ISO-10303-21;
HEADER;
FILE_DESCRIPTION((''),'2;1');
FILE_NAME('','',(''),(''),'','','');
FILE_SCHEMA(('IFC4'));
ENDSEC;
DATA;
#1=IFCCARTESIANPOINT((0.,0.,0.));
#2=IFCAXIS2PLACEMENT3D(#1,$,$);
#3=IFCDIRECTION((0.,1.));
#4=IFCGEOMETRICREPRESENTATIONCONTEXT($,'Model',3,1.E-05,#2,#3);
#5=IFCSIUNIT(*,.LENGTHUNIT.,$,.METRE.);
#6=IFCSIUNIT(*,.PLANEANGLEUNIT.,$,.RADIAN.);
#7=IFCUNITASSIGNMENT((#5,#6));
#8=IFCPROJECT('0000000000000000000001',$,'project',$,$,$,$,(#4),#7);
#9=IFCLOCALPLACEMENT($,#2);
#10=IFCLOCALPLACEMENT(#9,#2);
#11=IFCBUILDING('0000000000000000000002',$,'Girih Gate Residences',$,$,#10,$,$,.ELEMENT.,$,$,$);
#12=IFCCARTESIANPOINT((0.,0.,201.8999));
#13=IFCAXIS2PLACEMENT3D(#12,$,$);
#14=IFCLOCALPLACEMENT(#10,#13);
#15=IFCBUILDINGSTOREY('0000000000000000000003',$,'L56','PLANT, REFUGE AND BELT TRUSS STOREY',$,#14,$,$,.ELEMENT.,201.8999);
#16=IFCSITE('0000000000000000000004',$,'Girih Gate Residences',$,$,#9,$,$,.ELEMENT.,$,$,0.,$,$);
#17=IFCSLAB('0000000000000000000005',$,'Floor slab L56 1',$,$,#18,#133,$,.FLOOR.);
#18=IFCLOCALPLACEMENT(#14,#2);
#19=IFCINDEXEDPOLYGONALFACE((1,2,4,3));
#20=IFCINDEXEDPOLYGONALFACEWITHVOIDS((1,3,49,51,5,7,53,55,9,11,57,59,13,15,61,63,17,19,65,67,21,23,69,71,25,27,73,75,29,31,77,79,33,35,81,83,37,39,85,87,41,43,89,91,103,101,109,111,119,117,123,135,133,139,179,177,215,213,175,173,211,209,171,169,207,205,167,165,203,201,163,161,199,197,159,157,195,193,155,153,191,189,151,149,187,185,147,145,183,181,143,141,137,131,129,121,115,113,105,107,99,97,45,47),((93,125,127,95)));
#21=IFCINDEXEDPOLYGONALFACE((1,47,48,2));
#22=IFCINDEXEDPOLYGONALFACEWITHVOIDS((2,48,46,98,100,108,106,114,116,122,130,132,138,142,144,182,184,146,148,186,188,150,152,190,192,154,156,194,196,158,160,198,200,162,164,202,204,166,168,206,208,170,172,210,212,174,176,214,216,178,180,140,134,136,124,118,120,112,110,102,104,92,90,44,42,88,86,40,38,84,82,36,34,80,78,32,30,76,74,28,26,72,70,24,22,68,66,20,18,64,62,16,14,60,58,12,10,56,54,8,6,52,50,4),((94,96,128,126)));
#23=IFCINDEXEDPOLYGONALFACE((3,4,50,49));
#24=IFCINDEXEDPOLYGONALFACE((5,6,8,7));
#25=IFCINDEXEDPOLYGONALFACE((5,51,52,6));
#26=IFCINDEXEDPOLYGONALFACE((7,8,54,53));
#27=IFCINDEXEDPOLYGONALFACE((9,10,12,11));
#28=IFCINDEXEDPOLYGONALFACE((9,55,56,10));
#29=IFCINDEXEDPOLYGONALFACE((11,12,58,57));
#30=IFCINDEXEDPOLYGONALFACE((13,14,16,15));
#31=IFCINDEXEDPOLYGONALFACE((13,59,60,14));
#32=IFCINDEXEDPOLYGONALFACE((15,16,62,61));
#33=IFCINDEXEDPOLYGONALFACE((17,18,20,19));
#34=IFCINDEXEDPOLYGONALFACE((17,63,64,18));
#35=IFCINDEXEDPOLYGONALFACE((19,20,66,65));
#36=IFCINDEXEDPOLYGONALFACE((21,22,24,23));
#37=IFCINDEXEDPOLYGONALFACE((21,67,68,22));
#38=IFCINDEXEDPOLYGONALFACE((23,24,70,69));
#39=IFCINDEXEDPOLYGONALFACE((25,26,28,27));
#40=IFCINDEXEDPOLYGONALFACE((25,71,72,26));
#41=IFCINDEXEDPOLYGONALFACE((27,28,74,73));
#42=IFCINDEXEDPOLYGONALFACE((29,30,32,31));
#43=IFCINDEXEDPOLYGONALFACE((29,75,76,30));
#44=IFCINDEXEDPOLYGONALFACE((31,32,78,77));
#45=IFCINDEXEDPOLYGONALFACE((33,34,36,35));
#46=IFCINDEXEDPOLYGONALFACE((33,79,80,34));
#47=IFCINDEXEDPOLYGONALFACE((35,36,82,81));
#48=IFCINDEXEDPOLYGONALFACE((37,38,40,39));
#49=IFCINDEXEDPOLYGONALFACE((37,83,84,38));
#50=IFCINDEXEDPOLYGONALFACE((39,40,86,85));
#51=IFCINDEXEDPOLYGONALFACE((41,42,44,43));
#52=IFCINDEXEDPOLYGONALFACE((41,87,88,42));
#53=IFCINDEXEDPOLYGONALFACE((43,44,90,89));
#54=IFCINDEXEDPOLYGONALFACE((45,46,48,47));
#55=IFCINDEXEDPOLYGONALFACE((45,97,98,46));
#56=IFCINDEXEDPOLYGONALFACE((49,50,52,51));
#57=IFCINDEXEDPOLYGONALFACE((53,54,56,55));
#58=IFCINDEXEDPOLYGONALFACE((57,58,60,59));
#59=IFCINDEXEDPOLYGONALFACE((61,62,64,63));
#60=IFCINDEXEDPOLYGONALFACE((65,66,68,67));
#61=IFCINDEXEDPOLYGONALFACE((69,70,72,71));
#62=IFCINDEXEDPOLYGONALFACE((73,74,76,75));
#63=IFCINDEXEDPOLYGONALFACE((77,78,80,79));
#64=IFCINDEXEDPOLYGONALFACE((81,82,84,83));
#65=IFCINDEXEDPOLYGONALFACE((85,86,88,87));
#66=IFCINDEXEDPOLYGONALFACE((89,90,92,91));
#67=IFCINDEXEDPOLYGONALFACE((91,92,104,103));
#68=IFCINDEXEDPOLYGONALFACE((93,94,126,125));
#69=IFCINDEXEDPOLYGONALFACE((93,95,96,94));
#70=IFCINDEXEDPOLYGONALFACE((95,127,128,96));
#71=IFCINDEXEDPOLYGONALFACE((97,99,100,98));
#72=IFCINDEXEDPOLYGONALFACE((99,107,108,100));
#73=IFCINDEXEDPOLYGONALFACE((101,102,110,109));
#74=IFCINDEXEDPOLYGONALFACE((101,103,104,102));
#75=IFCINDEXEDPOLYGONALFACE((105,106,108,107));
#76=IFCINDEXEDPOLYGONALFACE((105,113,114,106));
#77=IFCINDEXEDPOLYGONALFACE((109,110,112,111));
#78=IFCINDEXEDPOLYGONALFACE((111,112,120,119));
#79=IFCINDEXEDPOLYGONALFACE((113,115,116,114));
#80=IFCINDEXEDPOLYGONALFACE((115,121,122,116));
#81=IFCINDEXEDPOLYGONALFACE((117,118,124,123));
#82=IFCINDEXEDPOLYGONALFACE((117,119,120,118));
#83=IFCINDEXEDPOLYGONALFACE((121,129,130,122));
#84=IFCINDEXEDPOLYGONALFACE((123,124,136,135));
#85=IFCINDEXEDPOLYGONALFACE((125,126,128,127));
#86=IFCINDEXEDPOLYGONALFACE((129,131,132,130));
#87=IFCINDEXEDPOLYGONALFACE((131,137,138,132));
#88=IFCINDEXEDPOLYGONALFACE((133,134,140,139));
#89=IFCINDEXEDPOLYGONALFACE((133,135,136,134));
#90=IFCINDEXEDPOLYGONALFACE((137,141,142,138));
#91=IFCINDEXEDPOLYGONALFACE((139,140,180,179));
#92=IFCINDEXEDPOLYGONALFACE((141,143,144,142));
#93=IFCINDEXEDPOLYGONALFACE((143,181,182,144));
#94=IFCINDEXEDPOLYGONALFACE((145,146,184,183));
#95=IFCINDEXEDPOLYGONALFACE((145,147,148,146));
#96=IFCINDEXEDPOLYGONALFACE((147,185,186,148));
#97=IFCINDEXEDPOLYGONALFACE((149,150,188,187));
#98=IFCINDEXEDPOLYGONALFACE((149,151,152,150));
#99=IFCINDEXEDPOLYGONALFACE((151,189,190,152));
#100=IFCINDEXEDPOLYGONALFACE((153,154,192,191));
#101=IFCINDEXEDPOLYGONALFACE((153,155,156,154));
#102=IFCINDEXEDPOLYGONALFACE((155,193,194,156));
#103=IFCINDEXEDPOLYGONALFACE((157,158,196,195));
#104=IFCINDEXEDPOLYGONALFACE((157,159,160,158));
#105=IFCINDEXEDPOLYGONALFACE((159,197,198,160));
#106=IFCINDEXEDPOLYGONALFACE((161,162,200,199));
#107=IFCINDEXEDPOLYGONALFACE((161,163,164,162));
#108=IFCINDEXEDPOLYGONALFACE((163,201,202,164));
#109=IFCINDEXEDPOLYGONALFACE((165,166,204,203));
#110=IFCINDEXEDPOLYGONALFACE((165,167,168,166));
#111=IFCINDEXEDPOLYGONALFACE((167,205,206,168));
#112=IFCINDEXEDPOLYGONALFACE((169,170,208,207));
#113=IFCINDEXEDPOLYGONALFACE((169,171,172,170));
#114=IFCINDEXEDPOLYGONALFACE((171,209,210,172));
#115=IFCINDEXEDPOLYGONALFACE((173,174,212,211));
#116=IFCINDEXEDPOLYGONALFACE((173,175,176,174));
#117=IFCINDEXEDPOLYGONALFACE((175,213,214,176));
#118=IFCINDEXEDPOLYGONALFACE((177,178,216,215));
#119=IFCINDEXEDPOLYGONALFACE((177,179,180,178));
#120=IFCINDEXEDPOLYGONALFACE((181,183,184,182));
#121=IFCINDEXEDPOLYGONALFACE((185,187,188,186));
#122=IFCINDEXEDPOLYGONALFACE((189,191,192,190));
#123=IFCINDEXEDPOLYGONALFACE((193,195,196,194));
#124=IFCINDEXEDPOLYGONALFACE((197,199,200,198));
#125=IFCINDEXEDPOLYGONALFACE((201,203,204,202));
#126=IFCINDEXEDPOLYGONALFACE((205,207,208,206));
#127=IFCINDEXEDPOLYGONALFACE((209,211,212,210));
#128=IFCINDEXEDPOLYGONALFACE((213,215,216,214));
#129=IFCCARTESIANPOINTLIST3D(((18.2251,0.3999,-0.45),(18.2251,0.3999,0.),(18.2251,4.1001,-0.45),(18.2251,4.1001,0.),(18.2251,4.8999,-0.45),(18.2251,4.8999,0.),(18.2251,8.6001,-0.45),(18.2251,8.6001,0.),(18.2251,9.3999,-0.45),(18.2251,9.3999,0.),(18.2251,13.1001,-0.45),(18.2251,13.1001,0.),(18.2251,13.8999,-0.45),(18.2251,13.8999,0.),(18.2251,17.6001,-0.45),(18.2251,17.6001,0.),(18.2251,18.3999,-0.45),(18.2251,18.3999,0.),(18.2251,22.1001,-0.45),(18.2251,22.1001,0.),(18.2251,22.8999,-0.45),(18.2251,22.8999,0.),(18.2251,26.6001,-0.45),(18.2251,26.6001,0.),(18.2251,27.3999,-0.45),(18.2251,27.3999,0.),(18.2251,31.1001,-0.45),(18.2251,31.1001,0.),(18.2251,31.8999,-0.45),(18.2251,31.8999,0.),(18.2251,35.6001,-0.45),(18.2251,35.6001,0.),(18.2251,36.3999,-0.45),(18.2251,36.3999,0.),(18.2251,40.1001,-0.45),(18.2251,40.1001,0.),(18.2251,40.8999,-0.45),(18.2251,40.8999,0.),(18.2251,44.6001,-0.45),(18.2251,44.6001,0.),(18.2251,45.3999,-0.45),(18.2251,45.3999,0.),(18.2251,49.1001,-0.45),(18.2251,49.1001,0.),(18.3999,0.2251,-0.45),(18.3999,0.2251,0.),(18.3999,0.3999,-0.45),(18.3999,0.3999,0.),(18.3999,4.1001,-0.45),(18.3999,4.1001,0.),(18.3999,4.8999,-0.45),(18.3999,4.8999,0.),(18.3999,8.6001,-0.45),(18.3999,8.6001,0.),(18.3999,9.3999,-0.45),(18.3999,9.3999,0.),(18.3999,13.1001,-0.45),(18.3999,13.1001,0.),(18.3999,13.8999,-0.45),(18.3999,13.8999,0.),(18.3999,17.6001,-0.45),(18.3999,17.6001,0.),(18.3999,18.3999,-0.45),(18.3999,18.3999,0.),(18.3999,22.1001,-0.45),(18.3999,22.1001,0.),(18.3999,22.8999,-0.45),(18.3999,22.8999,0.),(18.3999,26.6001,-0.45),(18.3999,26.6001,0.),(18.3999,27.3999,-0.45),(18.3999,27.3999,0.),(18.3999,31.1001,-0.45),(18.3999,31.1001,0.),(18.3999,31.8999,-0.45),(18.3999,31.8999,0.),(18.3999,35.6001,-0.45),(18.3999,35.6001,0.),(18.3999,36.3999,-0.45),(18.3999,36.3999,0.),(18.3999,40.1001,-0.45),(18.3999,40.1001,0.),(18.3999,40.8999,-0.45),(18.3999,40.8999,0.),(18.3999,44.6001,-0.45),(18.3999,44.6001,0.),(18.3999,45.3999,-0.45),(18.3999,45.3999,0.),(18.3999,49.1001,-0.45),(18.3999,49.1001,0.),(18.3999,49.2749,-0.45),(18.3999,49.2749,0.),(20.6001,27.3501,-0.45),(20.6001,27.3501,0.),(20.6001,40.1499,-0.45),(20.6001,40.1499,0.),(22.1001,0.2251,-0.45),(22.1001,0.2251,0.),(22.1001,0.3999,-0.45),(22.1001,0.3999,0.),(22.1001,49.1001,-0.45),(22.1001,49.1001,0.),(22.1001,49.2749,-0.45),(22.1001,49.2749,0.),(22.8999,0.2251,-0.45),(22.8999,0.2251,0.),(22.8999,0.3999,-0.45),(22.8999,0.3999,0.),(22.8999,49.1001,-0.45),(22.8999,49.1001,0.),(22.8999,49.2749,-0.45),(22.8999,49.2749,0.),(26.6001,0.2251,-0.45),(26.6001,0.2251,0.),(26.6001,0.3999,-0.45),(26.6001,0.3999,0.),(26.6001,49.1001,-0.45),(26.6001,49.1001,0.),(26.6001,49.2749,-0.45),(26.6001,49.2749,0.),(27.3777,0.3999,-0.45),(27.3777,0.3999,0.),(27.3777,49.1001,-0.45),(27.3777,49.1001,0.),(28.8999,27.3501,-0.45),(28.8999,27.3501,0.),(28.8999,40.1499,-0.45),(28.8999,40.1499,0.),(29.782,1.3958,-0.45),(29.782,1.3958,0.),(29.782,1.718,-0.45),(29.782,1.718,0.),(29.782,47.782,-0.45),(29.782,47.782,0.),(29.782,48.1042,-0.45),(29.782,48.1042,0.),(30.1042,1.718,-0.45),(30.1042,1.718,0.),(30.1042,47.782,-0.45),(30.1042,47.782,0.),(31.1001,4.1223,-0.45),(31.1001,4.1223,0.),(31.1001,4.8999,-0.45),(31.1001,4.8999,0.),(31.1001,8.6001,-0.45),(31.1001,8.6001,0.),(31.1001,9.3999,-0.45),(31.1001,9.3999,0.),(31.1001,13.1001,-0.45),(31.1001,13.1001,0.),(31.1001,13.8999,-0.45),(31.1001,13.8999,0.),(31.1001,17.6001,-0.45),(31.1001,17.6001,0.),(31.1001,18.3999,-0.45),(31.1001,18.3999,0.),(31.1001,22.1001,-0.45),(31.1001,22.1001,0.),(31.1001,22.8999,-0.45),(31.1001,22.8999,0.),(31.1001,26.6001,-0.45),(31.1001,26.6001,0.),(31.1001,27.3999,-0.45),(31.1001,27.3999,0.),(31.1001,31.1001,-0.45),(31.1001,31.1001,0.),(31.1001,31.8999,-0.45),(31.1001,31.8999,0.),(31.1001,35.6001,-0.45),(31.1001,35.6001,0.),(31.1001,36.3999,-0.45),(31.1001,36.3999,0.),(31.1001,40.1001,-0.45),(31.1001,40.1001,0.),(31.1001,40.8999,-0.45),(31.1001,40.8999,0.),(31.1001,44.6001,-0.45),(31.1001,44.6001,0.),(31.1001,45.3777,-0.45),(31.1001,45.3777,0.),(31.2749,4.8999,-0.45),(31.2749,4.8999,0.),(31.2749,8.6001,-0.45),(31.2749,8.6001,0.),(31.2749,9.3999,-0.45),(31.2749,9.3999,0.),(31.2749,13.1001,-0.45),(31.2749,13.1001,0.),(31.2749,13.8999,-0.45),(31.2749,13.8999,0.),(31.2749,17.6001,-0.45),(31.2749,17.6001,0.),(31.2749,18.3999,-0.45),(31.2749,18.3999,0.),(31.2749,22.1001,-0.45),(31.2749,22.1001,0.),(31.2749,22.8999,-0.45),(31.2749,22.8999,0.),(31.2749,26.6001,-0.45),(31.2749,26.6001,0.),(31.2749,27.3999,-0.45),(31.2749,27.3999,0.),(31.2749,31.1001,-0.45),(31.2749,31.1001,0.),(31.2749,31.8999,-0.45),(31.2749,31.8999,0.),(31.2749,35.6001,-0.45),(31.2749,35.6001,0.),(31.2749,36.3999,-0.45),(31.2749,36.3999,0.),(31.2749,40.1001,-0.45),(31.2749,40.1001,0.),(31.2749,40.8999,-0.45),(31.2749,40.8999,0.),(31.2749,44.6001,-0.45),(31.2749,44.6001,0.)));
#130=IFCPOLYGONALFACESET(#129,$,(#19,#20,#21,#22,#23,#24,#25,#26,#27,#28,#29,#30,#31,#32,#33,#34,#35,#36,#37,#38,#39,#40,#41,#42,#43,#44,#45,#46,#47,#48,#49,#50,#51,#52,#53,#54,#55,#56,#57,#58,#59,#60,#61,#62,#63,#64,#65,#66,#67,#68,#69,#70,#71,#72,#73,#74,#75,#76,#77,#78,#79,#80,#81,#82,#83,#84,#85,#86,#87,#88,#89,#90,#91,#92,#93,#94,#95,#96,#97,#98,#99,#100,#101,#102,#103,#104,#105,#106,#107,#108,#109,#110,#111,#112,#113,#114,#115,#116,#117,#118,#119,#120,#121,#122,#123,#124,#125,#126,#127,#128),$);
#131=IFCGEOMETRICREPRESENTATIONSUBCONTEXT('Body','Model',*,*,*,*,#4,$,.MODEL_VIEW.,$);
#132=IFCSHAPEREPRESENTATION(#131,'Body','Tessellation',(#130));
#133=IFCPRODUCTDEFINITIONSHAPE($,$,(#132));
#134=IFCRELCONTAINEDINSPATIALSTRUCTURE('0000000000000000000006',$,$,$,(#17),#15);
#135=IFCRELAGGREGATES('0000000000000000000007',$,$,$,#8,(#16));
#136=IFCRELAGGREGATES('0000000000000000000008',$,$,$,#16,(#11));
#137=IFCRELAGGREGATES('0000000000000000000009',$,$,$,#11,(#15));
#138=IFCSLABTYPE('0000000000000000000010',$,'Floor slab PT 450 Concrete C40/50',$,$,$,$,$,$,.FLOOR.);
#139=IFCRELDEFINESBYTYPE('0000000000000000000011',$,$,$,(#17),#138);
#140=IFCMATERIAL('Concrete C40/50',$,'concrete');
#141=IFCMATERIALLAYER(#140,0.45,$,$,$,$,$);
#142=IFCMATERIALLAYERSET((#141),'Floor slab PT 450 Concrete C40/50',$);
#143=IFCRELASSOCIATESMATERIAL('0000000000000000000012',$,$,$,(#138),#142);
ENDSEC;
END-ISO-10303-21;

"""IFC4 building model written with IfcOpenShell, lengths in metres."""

from ifc_helpers import new_model, si_unit, direction, frame, origin, place, context, subcontext, project, spatial, polyline, outline, extrude, material, layer, layer_set, type_object, element, save


model = new_model("IFC4")

# Units and contexts
model_context = context("Model", 3, precision=1e-05, world=origin(), true_north=direction((0.0, 1.0)))
body_context = subcontext(model_context, "Body", "Model", "MODEL_VIEW")
ifc_project = project(units=[si_unit("LENGTHUNIT", "METRE"), si_unit("PLANEANGLEUNIT", "RADIAN")], contexts=[model_context])

# Site, building, storey
site_placement = place(None, origin())
site = spatial("IfcSite", under=ifc_project, at=site_placement, Name="Girih Gate Residences", CompositionType="ELEMENT", RefElevation=0.0)
building_placement = place(site_placement, origin())
building = spatial("IfcBuilding", under=site, at=building_placement, Name="Girih Gate Residences", CompositionType="ELEMENT")
storey_placement = place(building_placement, frame((0.0, 0.0, 201.8999)))
storey = spatial("IfcBuildingStorey", under=building, at=storey_placement, Name="L56", Description="PLANT, REFUGE AND BELT TRUSS STOREY", CompositionType="ELEMENT", Elevation=201.8999)

# Slab
ifc_material_1 = material(Name="Concrete C40/50", Category="concrete")
ifc_layer_1 = layer(ifc_material_1, 0.45)
ifc_layer_set_1 = layer_set([ifc_layer_1], Name="Floor slab PT 450 Concrete C40/50")
slab_type_1 = type_object("IfcSlabType", Name="Floor slab PT 450 Concrete C40/50", PredefinedType="FLOOR", material=ifc_layer_set_1)
slab_1_placement = place(storey_placement, frame((0.0, 0.0, -0.45)))
element("IfcSlab", 1, at=slab_1_placement, inside=storey, type_object=slab_type_1, Name="Floor slab L56 1", PredefinedType="FLOOR", context=body_context, shape_type="SweptSolid", body=[
    extrude(outline(polyline([(22.8999, 0.2251), (26.6001, 0.2251), (26.6001, 0.3999), (27.3777, 0.3999), (29.782, 1.3958), (29.782, 1.718), (30.1042, 1.718), (31.1001, 4.1223), (31.1001, 4.8999), (31.2749, 4.8999), (31.2749, 8.6001), (31.1001, 8.6001), (31.1001, 9.3999), (31.2749, 9.3999), (31.2749, 13.1001), (31.1001, 13.1001), (31.1001, 13.8999), (31.2749, 13.8999), (31.2749, 17.6001), (31.1001, 17.6001), (31.1001, 18.3999), (31.2749, 18.3999), (31.2749, 22.1001), (31.1001, 22.1001), (31.1001, 22.8999), (31.2749, 22.8999), (31.2749, 26.6001), (31.1001, 26.6001), (31.1001, 27.3999), (31.2749, 27.3999), (31.2749, 31.1001), (31.1001, 31.1001), (31.1001, 31.8999), (31.2749, 31.8999), (31.2749, 35.6001), (31.1001, 35.6001), (31.1001, 36.3999), (31.2749, 36.3999), (31.2749, 40.1001), (31.1001, 40.1001), (31.1001, 40.8999), (31.2749, 40.8999), (31.2749, 44.6001), (31.1001, 44.6001), (31.1001, 45.3777), (30.1042, 47.782), (29.782, 47.782), (29.782, 48.1042), (27.3777, 49.1001), (26.6001, 49.1001), (26.6001, 49.2749), (22.8999, 49.2749), (22.8999, 49.1001), (22.1001, 49.1001), (22.1001, 49.2749), (18.3999, 49.2749), (18.3999, 49.1001), (18.2251, 49.1001), (18.2251, 45.3999), (18.3999, 45.3999), (18.3999, 44.6001), (18.2251, 44.6001), (18.2251, 40.8999), (18.3999, 40.8999), (18.3999, 40.1001), (18.2251, 40.1001), (18.2251, 36.3999), (18.3999, 36.3999), (18.3999, 35.6001), (18.2251, 35.6001), (18.2251, 31.8999), (18.3999, 31.8999), (18.3999, 31.1001), (18.2251, 31.1001), (18.2251, 27.3999), (18.3999, 27.3999), (18.3999, 26.6001), (18.2251, 26.6001), (18.2251, 22.8999), (18.3999, 22.8999), (18.3999, 22.1001), (18.2251, 22.1001), (18.2251, 18.3999), (18.3999, 18.3999), (18.3999, 17.6001), (18.2251, 17.6001), (18.2251, 13.8999), (18.3999, 13.8999), (18.3999, 13.1001), (18.2251, 13.1001), (18.2251, 9.3999), (18.3999, 9.3999), (18.3999, 8.6001), (18.2251, 8.6001), (18.2251, 4.8999), (18.3999, 4.8999), (18.3999, 4.1001), (18.2251, 4.1001), (18.2251, 0.3999), (18.3999, 0.3999), (18.3999, 0.2251), (22.1001, 0.2251), (22.1001, 0.3999), (22.8999, 0.3999), (22.8999, 0.2251)]), holes=[polyline([(28.8999, 40.1499), (28.8999, 27.3501), (20.6001, 27.3501), (20.6001, 40.1499), (28.8999, 40.1499)])]), origin(), (0.0, 0.0, 1.0), 0.45),
])

save(model, "model.ifc")
